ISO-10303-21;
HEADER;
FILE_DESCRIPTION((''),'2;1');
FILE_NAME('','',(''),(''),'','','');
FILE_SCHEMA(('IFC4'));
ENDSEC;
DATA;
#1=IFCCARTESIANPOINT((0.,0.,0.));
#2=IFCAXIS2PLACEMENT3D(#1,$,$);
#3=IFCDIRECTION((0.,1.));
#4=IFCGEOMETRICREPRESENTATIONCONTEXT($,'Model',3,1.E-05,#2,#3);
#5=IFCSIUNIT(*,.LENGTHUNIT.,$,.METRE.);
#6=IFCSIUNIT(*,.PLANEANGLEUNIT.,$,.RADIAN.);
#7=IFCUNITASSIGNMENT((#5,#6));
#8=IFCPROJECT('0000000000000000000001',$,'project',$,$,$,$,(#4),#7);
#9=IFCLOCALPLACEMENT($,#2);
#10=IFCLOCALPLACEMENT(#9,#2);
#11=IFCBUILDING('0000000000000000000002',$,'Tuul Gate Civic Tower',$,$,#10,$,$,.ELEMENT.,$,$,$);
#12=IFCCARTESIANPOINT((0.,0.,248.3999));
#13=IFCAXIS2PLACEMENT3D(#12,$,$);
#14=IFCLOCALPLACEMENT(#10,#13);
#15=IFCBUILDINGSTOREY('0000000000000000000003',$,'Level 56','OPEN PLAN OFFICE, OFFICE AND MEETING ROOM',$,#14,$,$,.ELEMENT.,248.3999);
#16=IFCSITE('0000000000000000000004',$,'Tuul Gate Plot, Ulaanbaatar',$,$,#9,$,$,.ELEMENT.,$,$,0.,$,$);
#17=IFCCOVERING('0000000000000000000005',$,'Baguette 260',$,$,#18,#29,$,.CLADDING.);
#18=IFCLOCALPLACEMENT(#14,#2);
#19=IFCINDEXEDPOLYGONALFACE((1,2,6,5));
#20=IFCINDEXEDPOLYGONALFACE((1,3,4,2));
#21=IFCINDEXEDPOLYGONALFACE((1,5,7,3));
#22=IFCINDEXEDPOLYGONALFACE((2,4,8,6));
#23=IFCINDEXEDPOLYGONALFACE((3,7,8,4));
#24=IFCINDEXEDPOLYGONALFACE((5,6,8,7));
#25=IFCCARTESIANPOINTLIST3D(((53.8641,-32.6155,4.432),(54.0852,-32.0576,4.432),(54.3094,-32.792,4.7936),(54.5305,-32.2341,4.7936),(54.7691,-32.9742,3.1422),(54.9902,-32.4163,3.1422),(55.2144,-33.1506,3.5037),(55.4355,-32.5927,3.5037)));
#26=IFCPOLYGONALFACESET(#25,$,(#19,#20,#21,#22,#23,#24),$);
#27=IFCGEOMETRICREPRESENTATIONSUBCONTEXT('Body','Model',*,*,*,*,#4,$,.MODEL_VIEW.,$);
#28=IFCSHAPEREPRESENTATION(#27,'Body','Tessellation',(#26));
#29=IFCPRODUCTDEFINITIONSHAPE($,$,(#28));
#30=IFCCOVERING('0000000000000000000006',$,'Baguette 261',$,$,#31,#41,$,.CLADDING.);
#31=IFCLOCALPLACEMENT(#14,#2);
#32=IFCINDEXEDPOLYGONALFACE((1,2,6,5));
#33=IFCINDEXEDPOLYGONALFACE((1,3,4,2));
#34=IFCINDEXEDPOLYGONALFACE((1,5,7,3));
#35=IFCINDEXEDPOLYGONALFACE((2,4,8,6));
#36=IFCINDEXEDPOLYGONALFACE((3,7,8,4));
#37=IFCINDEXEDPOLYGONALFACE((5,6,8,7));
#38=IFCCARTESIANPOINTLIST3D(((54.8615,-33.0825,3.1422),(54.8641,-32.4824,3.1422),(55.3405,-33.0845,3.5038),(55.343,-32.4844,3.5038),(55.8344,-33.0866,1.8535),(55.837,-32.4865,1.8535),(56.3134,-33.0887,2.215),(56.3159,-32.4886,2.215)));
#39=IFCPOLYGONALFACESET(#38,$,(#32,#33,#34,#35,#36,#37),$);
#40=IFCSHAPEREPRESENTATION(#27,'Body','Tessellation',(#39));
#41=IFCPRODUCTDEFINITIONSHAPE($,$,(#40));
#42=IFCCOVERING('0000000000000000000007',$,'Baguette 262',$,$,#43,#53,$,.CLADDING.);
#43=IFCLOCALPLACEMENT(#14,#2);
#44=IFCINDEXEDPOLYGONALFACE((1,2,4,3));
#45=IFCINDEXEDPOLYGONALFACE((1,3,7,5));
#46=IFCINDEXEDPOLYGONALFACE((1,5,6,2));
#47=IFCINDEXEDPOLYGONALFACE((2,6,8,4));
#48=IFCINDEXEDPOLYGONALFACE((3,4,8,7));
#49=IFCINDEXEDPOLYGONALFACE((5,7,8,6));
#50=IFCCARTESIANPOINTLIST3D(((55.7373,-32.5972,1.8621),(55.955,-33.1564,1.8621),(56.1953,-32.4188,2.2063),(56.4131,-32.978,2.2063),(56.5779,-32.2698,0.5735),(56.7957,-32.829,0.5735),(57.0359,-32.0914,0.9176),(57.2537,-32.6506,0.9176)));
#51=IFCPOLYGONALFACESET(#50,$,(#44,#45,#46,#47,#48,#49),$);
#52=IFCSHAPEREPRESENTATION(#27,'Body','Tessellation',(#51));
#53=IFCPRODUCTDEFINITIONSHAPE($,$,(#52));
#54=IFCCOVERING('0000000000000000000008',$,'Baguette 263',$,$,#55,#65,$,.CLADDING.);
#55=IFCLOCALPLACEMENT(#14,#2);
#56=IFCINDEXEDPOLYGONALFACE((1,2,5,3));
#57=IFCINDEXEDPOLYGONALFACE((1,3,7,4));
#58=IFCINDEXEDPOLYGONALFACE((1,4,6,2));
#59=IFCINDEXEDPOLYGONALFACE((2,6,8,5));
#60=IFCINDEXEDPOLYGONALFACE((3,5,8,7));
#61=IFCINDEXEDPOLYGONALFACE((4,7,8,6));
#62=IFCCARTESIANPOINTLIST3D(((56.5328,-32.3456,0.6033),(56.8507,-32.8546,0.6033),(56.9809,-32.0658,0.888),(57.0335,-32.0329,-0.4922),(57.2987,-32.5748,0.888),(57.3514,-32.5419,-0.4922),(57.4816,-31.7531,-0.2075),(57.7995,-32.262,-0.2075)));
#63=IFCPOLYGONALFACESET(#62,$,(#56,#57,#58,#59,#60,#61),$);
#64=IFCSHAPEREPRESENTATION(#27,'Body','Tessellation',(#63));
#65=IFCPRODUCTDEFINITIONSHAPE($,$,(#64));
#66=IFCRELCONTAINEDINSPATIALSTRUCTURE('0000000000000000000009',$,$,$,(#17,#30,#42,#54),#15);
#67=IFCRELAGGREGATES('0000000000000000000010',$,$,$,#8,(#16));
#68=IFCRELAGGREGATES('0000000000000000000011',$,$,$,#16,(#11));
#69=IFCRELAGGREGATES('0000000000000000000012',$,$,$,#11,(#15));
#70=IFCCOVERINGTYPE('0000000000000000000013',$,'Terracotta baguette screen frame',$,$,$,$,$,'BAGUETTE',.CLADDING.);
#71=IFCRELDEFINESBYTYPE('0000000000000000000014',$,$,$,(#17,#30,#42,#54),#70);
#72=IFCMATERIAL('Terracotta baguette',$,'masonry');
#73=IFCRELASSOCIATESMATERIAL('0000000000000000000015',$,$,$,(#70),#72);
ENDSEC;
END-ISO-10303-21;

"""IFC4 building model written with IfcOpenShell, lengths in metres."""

from ifc_helpers import new_model, si_unit, direction, frame, origin, origin_2d, place, context, subcontext, project, spatial, rectangle, extrude, material, material_profile, profile_set, type_object, element, save


model = new_model("IFC4")

# Units and contexts
model_context = context("Model", 3, precision=1e-05, world=origin(), true_north=direction((0.0, 1.0)))
body_context = subcontext(model_context, "Body", "Model", "MODEL_VIEW")
ifc_project = project(units=[si_unit("LENGTHUNIT", "METRE"), si_unit("PLANEANGLEUNIT", "RADIAN")], contexts=[model_context])

# Site, building, storey
site_placement = place(None, origin())
site = spatial("IfcSite", under=ifc_project, at=site_placement, Name="Tuul Gate Plot, Ulaanbaatar", CompositionType="ELEMENT", RefElevation=0.0)
building_placement = place(site_placement, origin())
building = spatial("IfcBuilding", under=site, at=building_placement, Name="Tuul Gate Civic Tower", CompositionType="ELEMENT")
storey_placement = place(building_placement, frame((0.0, 0.0, 248.3999)))
storey = spatial("IfcBuildingStorey", under=building, at=storey_placement, Name="Level 56", Description="OPEN PLAN OFFICE, OFFICE AND MEETING ROOM", CompositionType="ELEMENT", Elevation=248.3999)

# Coverings
ifc_material_1 = material(Name="Terracotta baguette", Category="masonry")
ifc_material_profile_1 = material_profile(ifc_material_1, rectangle(XDim=0.6001, YDim=0.6001, at=origin_2d()), Name="Terracotta baguette screen frame")
ifc_profile_set_1 = profile_set([ifc_material_profile_1], Name="Terracotta baguette")
covering_type = type_object("IfcCoveringType", Name="Terracotta baguette screen frame", ElementType="BAGUETTE", PredefinedType="CLADDING", material=ifc_profile_set_1)
covering_1_placement = place(storey_placement, frame((54.1973, -32.4248, 4.6128), z_axis=(0.560062, -0.22194, -0.798168), x_axis=(0.368405, 0.929665, 0.0)))
element("IfcCovering", 1, at=covering_1_placement, inside=storey, type_object=covering_type, Name="Baguette 260", PredefinedType="CLADDING", context=body_context, shape_type="SweptSolid", body=[
    extrude(rectangle(XDim=0.6001, YDim=0.6001, at=origin_2d()), origin(), (0.0, 0.0, 1.0), 1.616),
])
covering_2_placement = place(storey_placement, frame((55.1023, -32.7834, 3.323), z_axis=(0.602487, -0.00257, -0.798125), x_axis=(0.004266, 0.999991, 0.0)))
element("IfcCovering", 2, at=covering_2_placement, inside=storey, type_object=covering_type, Name="Baguette 261", PredefinedType="CLADDING", context=body_context, shape_type="SweptSolid", body=[
    extrude(rectangle(XDim=0.6001, YDim=0.6001, at=origin_2d()), origin(), (0.0, 0.0, 1.0), 1.6147),
])
covering_3_placement = place(storey_placement, frame((56.0752, -32.7876, 2.0342), z_axis=(0.534394, 0.208139, -0.819208), x_axis=(-0.362929, 0.931817, 0.0)))
element("IfcCovering", 3, at=covering_3_placement, inside=storey, type_object=covering_type, Name="Baguette 262", PredefinedType="CLADDING", context=body_context, shape_type="SweptSolid", body=[
    extrude(rectangle(XDim=0.6001, YDim=0.6001, at=origin_2d()), origin(), (0.0, 0.0, 1.0), 1.573),
])
covering_4_placement = place(storey_placement, frame((56.9158, -32.4602, 0.7456), z_axis=(0.402383, 0.251318, -0.880299), x_axis=(-0.529739, 0.848161, 0.0)))
element("IfcCovering", 4, at=covering_4_placement, inside=storey, type_object=covering_type, Name="Baguette 263", PredefinedType="CLADDING", context=body_context, shape_type="SweptSolid", body=[
    extrude(rectangle(XDim=0.6001, YDim=0.6001, at=origin_2d()), origin(), (0.0, 0.0, 1.0), 1.2444),
])

save(model, "model.ifc")
